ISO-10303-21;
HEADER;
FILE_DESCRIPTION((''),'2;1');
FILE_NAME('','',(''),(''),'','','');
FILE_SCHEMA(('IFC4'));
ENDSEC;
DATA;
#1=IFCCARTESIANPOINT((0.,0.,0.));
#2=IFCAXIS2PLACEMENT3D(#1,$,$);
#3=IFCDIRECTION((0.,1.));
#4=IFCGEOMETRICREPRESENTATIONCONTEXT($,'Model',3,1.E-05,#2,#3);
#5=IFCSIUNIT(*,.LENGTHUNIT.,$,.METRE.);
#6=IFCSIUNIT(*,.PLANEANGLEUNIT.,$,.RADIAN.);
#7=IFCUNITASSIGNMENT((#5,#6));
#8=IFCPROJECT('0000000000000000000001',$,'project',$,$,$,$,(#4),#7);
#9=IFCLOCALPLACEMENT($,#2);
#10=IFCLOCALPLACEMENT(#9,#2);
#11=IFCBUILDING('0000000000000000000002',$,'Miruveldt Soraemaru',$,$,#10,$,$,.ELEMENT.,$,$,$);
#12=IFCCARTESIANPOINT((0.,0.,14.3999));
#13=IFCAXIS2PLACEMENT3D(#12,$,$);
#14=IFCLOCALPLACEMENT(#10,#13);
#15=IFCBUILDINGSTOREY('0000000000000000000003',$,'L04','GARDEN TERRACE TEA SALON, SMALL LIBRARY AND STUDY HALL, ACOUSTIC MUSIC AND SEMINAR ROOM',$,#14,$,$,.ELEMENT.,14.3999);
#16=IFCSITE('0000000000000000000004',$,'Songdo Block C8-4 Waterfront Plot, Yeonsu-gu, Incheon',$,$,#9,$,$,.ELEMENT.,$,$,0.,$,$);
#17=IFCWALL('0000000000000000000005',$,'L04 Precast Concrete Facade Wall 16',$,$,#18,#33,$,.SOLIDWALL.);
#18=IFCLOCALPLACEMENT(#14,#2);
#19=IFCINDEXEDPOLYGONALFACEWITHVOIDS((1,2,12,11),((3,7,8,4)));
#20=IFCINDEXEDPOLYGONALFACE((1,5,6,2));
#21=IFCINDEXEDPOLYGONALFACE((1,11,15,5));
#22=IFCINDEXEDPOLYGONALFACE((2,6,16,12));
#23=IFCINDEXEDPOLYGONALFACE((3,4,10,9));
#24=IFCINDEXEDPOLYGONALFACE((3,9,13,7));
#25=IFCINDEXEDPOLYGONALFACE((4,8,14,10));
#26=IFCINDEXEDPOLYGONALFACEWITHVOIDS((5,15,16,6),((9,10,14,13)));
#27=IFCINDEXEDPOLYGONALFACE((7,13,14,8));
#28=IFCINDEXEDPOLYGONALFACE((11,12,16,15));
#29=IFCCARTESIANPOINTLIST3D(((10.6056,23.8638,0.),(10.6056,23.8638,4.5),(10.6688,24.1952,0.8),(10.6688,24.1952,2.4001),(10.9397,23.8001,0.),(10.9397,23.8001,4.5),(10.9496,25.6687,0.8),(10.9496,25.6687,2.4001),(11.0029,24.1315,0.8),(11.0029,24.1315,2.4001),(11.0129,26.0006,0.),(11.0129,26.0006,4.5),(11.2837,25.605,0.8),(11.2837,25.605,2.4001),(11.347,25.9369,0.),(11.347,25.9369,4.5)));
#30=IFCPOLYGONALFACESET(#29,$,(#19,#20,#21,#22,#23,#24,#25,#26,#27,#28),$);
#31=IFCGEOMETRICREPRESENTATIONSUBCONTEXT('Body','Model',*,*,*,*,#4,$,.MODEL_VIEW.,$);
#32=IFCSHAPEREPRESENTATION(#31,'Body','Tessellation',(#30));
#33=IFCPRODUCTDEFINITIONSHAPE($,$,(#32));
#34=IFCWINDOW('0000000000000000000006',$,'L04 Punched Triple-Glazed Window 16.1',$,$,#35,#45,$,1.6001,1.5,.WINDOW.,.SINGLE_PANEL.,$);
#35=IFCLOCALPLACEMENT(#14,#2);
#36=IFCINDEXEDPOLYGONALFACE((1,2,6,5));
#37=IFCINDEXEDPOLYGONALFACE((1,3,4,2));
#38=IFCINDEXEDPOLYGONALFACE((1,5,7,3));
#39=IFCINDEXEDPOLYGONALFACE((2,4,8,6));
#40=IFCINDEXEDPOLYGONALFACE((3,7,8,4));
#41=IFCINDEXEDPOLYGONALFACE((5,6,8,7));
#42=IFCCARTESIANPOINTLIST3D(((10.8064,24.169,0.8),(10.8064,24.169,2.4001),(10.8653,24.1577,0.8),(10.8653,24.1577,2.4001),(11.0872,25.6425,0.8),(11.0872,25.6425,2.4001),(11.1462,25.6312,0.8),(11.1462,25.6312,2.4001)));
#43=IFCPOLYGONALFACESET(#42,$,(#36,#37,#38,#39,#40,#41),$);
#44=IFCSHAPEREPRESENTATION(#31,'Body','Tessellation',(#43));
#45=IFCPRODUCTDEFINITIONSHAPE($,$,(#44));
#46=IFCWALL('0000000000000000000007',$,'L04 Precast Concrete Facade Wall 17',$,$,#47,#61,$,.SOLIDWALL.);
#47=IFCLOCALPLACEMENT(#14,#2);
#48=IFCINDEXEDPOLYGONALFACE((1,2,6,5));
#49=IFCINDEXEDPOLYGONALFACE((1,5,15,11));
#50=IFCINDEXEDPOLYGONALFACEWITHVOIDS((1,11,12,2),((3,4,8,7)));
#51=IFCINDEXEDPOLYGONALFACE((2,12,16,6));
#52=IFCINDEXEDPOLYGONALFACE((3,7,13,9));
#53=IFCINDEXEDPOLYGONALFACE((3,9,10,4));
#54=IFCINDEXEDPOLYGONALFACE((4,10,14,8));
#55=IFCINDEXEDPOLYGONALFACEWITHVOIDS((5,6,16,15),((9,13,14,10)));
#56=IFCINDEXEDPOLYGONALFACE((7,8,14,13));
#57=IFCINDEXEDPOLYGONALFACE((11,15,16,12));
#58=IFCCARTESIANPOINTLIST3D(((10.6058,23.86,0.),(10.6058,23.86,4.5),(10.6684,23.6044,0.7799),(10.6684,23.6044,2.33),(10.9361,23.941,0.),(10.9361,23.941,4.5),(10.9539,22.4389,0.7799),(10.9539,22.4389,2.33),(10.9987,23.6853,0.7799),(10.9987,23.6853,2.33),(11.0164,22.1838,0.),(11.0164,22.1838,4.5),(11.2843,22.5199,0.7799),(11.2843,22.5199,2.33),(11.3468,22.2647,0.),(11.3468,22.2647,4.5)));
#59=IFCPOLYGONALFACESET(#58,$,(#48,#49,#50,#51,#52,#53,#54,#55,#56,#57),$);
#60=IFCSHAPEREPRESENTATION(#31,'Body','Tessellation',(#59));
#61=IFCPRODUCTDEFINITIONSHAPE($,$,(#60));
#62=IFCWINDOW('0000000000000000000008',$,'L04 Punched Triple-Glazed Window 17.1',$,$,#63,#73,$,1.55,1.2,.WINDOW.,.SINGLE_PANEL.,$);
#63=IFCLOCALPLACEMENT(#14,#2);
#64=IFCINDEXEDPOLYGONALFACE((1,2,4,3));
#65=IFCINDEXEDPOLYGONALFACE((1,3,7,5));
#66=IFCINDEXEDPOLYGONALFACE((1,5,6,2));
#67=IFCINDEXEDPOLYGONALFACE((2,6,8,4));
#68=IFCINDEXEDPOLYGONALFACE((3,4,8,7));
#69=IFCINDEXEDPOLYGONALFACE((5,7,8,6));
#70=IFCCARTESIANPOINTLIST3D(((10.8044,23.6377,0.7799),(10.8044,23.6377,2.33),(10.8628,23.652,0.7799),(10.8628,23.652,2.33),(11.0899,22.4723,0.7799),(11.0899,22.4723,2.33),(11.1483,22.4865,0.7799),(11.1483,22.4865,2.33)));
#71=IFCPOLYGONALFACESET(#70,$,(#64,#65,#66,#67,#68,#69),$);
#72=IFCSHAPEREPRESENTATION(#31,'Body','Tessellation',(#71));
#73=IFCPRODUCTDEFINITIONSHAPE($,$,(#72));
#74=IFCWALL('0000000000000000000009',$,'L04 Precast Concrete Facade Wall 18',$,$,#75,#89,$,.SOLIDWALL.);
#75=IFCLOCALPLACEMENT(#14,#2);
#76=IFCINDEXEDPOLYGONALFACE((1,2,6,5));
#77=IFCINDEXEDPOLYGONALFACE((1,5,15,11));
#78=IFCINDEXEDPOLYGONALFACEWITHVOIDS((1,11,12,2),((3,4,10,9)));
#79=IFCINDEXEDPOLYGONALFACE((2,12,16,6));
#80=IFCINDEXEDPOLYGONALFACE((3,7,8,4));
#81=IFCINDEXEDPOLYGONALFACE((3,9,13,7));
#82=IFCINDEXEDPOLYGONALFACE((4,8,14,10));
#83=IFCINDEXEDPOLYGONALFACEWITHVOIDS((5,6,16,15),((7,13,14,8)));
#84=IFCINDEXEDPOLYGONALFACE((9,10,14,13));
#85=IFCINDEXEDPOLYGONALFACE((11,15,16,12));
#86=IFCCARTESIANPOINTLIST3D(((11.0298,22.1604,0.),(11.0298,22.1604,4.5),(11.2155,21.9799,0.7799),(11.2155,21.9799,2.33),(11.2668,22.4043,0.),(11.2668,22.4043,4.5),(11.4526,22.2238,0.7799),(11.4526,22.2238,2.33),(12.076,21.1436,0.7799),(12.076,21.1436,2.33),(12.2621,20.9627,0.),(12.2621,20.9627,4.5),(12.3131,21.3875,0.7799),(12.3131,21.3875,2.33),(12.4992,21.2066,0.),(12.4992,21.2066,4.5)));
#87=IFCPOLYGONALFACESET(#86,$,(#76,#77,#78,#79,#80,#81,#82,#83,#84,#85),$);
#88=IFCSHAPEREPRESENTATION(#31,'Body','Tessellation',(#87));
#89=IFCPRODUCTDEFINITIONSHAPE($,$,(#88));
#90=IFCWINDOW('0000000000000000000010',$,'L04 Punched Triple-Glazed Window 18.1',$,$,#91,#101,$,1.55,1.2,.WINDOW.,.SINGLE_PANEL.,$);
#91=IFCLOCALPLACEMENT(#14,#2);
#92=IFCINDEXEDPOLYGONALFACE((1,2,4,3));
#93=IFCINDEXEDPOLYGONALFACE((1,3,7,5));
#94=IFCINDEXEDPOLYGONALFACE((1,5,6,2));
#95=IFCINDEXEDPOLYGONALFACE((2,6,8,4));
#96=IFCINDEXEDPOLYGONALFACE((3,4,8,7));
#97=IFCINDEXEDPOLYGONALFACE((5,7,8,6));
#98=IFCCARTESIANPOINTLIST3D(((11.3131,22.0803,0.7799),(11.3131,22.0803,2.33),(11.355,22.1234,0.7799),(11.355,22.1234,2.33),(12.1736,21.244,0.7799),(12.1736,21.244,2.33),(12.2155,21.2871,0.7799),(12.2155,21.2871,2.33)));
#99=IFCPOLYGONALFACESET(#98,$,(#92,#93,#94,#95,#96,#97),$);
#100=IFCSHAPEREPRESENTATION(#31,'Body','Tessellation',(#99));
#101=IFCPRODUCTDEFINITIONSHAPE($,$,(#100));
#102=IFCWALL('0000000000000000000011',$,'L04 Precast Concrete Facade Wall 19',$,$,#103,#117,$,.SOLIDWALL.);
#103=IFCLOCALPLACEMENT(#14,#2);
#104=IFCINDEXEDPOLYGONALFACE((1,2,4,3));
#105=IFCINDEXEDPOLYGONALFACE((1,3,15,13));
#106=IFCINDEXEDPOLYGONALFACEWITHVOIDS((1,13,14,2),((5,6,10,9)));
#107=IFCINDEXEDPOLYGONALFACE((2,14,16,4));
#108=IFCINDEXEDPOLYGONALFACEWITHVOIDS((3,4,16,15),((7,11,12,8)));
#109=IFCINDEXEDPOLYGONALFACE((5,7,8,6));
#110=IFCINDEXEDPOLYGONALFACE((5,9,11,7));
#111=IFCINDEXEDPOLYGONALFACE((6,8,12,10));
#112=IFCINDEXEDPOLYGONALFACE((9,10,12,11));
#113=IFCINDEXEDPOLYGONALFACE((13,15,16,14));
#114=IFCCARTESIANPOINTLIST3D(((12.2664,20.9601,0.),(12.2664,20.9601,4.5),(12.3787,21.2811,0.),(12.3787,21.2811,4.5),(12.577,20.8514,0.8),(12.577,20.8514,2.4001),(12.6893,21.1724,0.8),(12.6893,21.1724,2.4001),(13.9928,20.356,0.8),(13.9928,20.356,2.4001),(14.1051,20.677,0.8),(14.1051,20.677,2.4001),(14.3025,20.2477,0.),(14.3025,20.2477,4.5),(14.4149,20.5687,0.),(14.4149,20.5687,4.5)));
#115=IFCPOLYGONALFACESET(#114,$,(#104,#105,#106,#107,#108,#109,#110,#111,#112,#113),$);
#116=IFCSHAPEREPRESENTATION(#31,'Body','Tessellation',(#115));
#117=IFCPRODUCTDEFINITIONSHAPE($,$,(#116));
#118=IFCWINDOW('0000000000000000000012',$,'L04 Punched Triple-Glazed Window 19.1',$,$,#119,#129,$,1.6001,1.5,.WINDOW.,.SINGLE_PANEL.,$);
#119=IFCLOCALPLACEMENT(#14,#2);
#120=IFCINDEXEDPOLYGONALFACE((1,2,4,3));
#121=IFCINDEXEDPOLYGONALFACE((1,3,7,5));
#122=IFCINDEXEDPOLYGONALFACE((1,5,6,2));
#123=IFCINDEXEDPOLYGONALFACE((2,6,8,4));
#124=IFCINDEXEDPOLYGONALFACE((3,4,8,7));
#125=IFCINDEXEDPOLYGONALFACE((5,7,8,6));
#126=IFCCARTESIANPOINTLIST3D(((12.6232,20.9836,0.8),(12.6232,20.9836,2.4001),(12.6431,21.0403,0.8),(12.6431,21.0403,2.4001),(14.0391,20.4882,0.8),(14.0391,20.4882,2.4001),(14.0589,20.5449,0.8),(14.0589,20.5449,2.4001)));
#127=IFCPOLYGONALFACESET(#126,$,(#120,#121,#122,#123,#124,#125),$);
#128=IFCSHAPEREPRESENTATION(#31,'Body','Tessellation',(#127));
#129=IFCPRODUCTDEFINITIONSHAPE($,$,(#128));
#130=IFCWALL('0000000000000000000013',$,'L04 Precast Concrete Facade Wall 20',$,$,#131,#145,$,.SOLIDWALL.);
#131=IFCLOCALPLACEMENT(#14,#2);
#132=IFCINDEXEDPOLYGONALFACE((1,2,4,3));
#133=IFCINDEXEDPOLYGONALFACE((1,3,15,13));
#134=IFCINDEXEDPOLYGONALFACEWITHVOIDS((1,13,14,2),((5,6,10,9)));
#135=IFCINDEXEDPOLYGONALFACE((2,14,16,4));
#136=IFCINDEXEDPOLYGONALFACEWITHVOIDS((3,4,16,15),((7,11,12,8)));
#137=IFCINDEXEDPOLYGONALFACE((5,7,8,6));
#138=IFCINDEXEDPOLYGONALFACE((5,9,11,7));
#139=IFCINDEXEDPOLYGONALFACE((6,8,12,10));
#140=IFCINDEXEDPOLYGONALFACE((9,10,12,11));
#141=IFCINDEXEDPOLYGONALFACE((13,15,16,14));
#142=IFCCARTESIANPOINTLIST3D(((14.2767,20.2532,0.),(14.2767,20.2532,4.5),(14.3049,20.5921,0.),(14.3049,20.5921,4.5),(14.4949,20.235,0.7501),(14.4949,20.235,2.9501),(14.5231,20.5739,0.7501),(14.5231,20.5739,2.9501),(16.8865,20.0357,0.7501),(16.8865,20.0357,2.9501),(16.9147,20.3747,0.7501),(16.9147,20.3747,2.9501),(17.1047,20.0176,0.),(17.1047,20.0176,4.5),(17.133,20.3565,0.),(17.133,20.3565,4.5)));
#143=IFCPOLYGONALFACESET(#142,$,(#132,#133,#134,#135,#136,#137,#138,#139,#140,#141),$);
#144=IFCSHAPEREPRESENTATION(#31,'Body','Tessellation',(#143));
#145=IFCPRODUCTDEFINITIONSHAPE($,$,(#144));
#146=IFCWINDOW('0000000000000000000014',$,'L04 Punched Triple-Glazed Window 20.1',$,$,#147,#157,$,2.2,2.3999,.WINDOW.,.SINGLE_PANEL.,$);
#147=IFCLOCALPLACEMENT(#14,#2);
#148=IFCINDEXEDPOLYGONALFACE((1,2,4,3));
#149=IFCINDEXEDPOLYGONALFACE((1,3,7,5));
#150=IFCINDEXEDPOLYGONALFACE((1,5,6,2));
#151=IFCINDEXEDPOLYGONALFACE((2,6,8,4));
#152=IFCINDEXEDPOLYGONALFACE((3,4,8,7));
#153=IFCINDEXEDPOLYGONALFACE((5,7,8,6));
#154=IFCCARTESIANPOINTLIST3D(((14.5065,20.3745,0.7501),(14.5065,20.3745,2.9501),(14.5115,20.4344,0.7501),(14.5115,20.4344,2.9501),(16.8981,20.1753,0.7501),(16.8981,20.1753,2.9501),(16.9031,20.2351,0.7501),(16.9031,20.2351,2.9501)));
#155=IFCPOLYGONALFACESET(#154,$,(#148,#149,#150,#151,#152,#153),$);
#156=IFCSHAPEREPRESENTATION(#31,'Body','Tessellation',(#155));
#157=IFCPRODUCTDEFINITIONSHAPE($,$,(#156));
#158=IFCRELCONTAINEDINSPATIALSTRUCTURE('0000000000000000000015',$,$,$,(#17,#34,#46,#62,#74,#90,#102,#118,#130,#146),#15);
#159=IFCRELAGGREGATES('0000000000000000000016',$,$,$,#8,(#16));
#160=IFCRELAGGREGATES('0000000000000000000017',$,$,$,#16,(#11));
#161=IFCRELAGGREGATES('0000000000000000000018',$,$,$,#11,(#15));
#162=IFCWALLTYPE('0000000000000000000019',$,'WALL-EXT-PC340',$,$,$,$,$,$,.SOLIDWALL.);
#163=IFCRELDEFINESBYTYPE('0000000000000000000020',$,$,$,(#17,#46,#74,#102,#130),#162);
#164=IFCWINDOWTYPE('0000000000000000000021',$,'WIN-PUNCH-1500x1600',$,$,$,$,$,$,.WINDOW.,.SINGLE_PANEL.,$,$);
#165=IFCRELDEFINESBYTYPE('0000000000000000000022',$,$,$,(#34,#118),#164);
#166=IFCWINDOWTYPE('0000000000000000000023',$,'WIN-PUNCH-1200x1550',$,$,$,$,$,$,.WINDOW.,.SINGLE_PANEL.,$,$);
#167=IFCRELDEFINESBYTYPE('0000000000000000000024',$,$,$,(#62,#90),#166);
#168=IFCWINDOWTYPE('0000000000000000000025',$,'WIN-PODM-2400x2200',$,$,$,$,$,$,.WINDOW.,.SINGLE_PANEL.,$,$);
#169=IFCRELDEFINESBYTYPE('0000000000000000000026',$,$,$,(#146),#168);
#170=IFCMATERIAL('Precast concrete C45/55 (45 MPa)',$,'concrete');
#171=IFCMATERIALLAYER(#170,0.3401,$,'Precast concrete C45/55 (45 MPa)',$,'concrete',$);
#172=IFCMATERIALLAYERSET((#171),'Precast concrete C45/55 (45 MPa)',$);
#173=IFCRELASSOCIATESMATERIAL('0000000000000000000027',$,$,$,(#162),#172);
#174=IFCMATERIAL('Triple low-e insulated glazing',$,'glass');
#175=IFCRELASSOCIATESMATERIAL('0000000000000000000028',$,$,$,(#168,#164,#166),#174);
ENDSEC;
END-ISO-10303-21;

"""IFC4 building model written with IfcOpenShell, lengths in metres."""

from ifc_helpers import new_model, si_unit, direction, frame, frame_2d, origin, place, context, subcontext, project, spatial, rectangle, extrude, material, layer, layer_set, type_object, element, fill, save


model = new_model("IFC4")

# Units and contexts
model_context = context("Model", 3, precision=1e-05, world=origin(), true_north=direction((0.0, 1.0)))
body_context = subcontext(model_context, "Body", "Model", "MODEL_VIEW")
ifc_project = project(units=[si_unit("LENGTHUNIT", "METRE"), si_unit("PLANEANGLEUNIT", "RADIAN")], contexts=[model_context])

# Site, building, storey
site_placement = place(None, origin())
site = spatial("IfcSite", under=ifc_project, at=site_placement, Name="Songdo Block C8-4 Waterfront Plot, Yeonsu-gu, Incheon", CompositionType="ELEMENT", RefElevation=0.0)
building_placement = place(site_placement, origin())
building = spatial("IfcBuilding", under=site, at=building_placement, Name="Miruveldt Soraemaru", CompositionType="ELEMENT")
storey_placement = place(building_placement, frame((0.0, 0.0, 14.3999)))
storey = spatial("IfcBuildingStorey", under=building, at=storey_placement, Name="L04", Description="GARDEN TERRACE TEA SALON, SMALL LIBRARY AND STUDY HALL, ACOUSTIC MUSIC AND SEMINAR ROOM", CompositionType="ELEMENT", Elevation=14.3999)

# Walls, openings, windows
ifc_material_1 = material(Name="Precast concrete C45/55 (45 MPa)", Category="concrete")
ifc_layer_1 = layer(ifc_material_1, 0.3401, Name="Precast concrete C45/55 (45 MPa)", Category="concrete")
ifc_layer_set_1 = layer_set([ifc_layer_1], Name="Precast concrete C45/55 (45 MPa)")
wall_type_1 = type_object("IfcWallType", Name="WALL-EXT-PC340", PredefinedType="SOLIDWALL", material=ifc_layer_set_1)
ifc_material_2 = material(Name="Triple low-e insulated glazing", Category="glass")
window_type_1 = type_object("IfcWindowType", Name="WIN-PODM-2400x2200", PartitioningType="SINGLE_PANEL", PredefinedType="WINDOW", material=ifc_material_2)
wall_1_placement = place(storey_placement, frame((11.1799, 25.9688, 0.0), z_axis=(0.0, 0.0, 1.0), x_axis=(-0.187215, -0.982319, 0.0)))
wall_1 = element("IfcWall", 1, at=wall_1_placement, inside=storey, type_object=wall_type_1, Name="L04 Precast Concrete Facade Wall 16", PredefinedType="SOLIDWALL", context=body_context, shape_type="SweptSolid", body=[
    extrude(rectangle(XDim=2.1753, YDim=0.3401, at=frame_2d((1.0876, 0.0))), origin(), (0.0, 0.0, 1.0), 4.5),
])
opening_1_placement = place(wall_1_placement, frame((0.3379, 0.0, 0.8)))
opening_1 = element("IfcOpeningElement", 2, at=opening_1_placement, cuts=wall_1, PredefinedType="OPENING", context=body_context, shape_type="SweptSolid", body=[
    extrude(rectangle(XDim=1.5, YDim=1.6001, at=frame_2d((0.75, 0.8))), frame((0.0, 0.1802, 0.0), z_axis=(0.0, -1.0, 0.0), x_axis=(1.0, 0.0, 0.0)), (0.0, 0.0, 1.0), 0.3601),
])
window_type_2 = type_object("IfcWindowType", Name="WIN-PUNCH-1500x1600", PartitioningType="SINGLE_PANEL", PredefinedType="WINDOW", material=ifc_material_2)
window_1_placement = place(opening_1_placement, origin())
window_1 = element("IfcWindow", 3, at=window_1_placement, inside=storey, type_object=window_type_2, Name="L04 Punched Triple-Glazed Window 16.1", OverallHeight=1.6001, OverallWidth=1.5, PartitioningType="SINGLE_PANEL", PredefinedType="WINDOW", context=body_context, shape_type="SweptSolid", body=[
    extrude(rectangle(XDim=1.5, YDim=1.6001, at=frame_2d((0.75, 0.8))), frame((0.0, 0.03, 0.0), z_axis=(0.0, -1.0, 0.0), x_axis=(1.0, 0.0, 0.0)), (0.0, 0.0, 1.0), 0.0601),
])
fill(opening_1, window_1)
wall_2_placement = place(storey_placement, frame((10.771, 23.9004, 0.0), z_axis=(0.0, 0.0, 1.0), x_axis=(0.23794, -0.97128, 0.0)))
wall_2 = element("IfcWall", 4, at=wall_2_placement, inside=storey, type_object=wall_type_1, Name="L04 Precast Concrete Facade Wall 17", PredefinedType="SOLIDWALL", context=body_context, shape_type="SweptSolid", body=[
    extrude(rectangle(XDim=1.7258, YDim=0.3401, at=frame_2d((0.8628, 0.0))), origin(), (0.0, 0.0, 1.0), 4.5),
])
opening_2_placement = place(wall_2_placement, frame((0.2629, 0.0, 0.78)))
opening_2 = element("IfcOpeningElement", 5, at=opening_2_placement, cuts=wall_2, PredefinedType="OPENING", context=body_context, shape_type="SweptSolid", body=[
    extrude(rectangle(XDim=1.2, YDim=1.55, at=frame_2d((0.6001, 0.7749))), frame((0.0, 0.1802, 0.0), z_axis=(0.0, -1.0, 0.0), x_axis=(1.0, 0.0, 0.0)), (0.0, 0.0, 1.0), 0.3601),
])
window_type_3 = type_object("IfcWindowType", Name="WIN-PUNCH-1200x1550", PartitioningType="SINGLE_PANEL", PredefinedType="WINDOW", material=ifc_material_2)
window_2_placement = place(opening_2_placement, origin())
window_2 = element("IfcWindow", 6, at=window_2_placement, inside=storey, type_object=window_type_3, Name="L04 Punched Triple-Glazed Window 17.1", OverallHeight=1.55, OverallWidth=1.2, PartitioningType="SINGLE_PANEL", PredefinedType="WINDOW", context=body_context, shape_type="SweptSolid", body=[
    extrude(rectangle(XDim=1.2, YDim=1.55, at=frame_2d((0.6001, 0.7749))), frame((0.0, 0.03, 0.0), z_axis=(0.0, -1.0, 0.0), x_axis=(1.0, 0.0, 0.0)), (0.0, 0.0, 1.0), 0.0601),
])
fill(opening_2, window_2)
wall_3_placement = place(storey_placement, frame((11.1482, 22.2825, 0.0), z_axis=(0.0, 0.0, 1.0), x_axis=(0.717121, -0.696949, 0.0)))
wall_3 = element("IfcWall", 7, at=wall_3_placement, inside=storey, type_object=wall_type_1, Name="L04 Precast Concrete Facade Wall 18", PredefinedType="SOLIDWALL", context=body_context, shape_type="SweptSolid", body=[
    extrude(rectangle(XDim=1.7185, YDim=0.3401, at=frame_2d((0.8594, 0.0))), origin(), (0.0, 0.0, 1.0), 4.5),
])
opening_3_placement = place(wall_3_placement, frame((0.259, 0.0, 0.78)))
opening_3 = element("IfcOpeningElement", 8, at=opening_3_placement, cuts=wall_3, PredefinedType="OPENING", context=body_context, shape_type="SweptSolid", body=[
    extrude(rectangle(XDim=1.2, YDim=1.55, at=frame_2d((0.6001, 0.7749))), frame((0.0, 0.1802, 0.0), z_axis=(0.0, -1.0, 0.0), x_axis=(1.0, 0.0, 0.0)), (0.0, 0.0, 1.0), 0.3601),
])
window_3_placement = place(opening_3_placement, origin())
window_3 = element("IfcWindow", 9, at=window_3_placement, inside=storey, type_object=window_type_3, Name="L04 Punched Triple-Glazed Window 18.1", OverallHeight=1.55, OverallWidth=1.2, PartitioningType="SINGLE_PANEL", PredefinedType="WINDOW", context=body_context, shape_type="SweptSolid", body=[
    extrude(rectangle(XDim=1.2, YDim=1.55, at=frame_2d((0.6001, 0.7749))), frame((0.0, 0.03, 0.0), z_axis=(0.0, -1.0, 0.0), x_axis=(1.0, 0.0, 0.0)), (0.0, 0.0, 1.0), 0.0601),
])
fill(opening_3, window_3)
wall_4_placement = place(storey_placement, frame((12.3225, 21.1206, 0.0), z_axis=(0.0, 0.0, 1.0), x_axis=(0.943894, -0.33025, 0.0)))
wall_4 = element("IfcWall", 10, at=wall_4_placement, inside=storey, type_object=wall_type_1, Name="L04 Precast Concrete Facade Wall 19", PredefinedType="SOLIDWALL", context=body_context, shape_type="SweptSolid", body=[
    extrude(rectangle(XDim=2.1572, YDim=0.3401, at=frame_2d((1.0786, 0.0))), origin(), (0.0, 0.0, 1.0), 4.5),
])
opening_4_placement = place(wall_4_placement, frame((0.3291, 0.0, 0.8)))
opening_4 = element("IfcOpeningElement", 11, at=opening_4_placement, cuts=wall_4, PredefinedType="OPENING", context=body_context, shape_type="SweptSolid", body=[
    extrude(rectangle(XDim=1.5, YDim=1.6001, at=frame_2d((0.75, 0.8))), frame((0.0, 0.1802, 0.0), z_axis=(0.0, -1.0, 0.0), x_axis=(1.0, 0.0, 0.0)), (0.0, 0.0, 1.0), 0.3601),
])
window_4_placement = place(opening_4_placement, origin())
window_4 = element("IfcWindow", 12, at=window_4_placement, inside=storey, type_object=window_type_2, Name="L04 Punched Triple-Glazed Window 19.1", OverallHeight=1.6001, OverallWidth=1.5, PartitioningType="SINGLE_PANEL", PredefinedType="WINDOW", context=body_context, shape_type="SweptSolid", body=[
    extrude(rectangle(XDim=1.5, YDim=1.6001, at=frame_2d((0.75, 0.8))), frame((0.0, 0.03, 0.0), z_axis=(0.0, -1.0, 0.0), x_axis=(1.0, 0.0, 0.0)), (0.0, 0.0, 1.0), 0.0601),
])
fill(opening_4, window_4)
wall_5_placement = place(storey_placement, frame((14.2908, 20.4226, 0.0), z_axis=(0.0, 0.0, 1.0), x_axis=(0.996548, -0.083017, 0.0)))
wall_5 = element("IfcWall", 13, at=wall_5_placement, inside=storey, type_object=wall_type_1, Name="L04 Precast Concrete Facade Wall 20", PredefinedType="SOLIDWALL", context=body_context, shape_type="SweptSolid", body=[
    extrude(rectangle(XDim=2.8379, YDim=0.3401, at=frame_2d((1.4189, 0.0))), origin(), (0.0, 0.0, 1.0), 4.5),
])
opening_5_placement = place(wall_5_placement, frame((0.219, 0.0, 0.75)))
opening_5 = element("IfcOpeningElement", 14, at=opening_5_placement, cuts=wall_5, PredefinedType="OPENING", context=body_context, shape_type="SweptSolid", body=[
    extrude(rectangle(XDim=2.3999, YDim=2.2, at=frame_2d((1.2, 1.1001))), frame((0.0, 0.1802, 0.0), z_axis=(0.0, -1.0, 0.0), x_axis=(1.0, 0.0, 0.0)), (0.0, 0.0, 1.0), 0.3601),
])
window_5_placement = place(opening_5_placement, origin())
window_5 = element("IfcWindow", 15, at=window_5_placement, inside=storey, type_object=window_type_1, Name="L04 Punched Triple-Glazed Window 20.1", OverallHeight=2.2, OverallWidth=2.3999, PartitioningType="SINGLE_PANEL", PredefinedType="WINDOW", context=body_context, shape_type="SweptSolid", body=[
    extrude(rectangle(XDim=2.3999, YDim=2.2, at=frame_2d((1.2, 1.1001))), frame((0.0, 0.03, 0.0), z_axis=(0.0, -1.0, 0.0), x_axis=(1.0, 0.0, 0.0)), (0.0, 0.0, 1.0), 0.0601),
])
fill(opening_5, window_5)

save(model, "model.ifc")
